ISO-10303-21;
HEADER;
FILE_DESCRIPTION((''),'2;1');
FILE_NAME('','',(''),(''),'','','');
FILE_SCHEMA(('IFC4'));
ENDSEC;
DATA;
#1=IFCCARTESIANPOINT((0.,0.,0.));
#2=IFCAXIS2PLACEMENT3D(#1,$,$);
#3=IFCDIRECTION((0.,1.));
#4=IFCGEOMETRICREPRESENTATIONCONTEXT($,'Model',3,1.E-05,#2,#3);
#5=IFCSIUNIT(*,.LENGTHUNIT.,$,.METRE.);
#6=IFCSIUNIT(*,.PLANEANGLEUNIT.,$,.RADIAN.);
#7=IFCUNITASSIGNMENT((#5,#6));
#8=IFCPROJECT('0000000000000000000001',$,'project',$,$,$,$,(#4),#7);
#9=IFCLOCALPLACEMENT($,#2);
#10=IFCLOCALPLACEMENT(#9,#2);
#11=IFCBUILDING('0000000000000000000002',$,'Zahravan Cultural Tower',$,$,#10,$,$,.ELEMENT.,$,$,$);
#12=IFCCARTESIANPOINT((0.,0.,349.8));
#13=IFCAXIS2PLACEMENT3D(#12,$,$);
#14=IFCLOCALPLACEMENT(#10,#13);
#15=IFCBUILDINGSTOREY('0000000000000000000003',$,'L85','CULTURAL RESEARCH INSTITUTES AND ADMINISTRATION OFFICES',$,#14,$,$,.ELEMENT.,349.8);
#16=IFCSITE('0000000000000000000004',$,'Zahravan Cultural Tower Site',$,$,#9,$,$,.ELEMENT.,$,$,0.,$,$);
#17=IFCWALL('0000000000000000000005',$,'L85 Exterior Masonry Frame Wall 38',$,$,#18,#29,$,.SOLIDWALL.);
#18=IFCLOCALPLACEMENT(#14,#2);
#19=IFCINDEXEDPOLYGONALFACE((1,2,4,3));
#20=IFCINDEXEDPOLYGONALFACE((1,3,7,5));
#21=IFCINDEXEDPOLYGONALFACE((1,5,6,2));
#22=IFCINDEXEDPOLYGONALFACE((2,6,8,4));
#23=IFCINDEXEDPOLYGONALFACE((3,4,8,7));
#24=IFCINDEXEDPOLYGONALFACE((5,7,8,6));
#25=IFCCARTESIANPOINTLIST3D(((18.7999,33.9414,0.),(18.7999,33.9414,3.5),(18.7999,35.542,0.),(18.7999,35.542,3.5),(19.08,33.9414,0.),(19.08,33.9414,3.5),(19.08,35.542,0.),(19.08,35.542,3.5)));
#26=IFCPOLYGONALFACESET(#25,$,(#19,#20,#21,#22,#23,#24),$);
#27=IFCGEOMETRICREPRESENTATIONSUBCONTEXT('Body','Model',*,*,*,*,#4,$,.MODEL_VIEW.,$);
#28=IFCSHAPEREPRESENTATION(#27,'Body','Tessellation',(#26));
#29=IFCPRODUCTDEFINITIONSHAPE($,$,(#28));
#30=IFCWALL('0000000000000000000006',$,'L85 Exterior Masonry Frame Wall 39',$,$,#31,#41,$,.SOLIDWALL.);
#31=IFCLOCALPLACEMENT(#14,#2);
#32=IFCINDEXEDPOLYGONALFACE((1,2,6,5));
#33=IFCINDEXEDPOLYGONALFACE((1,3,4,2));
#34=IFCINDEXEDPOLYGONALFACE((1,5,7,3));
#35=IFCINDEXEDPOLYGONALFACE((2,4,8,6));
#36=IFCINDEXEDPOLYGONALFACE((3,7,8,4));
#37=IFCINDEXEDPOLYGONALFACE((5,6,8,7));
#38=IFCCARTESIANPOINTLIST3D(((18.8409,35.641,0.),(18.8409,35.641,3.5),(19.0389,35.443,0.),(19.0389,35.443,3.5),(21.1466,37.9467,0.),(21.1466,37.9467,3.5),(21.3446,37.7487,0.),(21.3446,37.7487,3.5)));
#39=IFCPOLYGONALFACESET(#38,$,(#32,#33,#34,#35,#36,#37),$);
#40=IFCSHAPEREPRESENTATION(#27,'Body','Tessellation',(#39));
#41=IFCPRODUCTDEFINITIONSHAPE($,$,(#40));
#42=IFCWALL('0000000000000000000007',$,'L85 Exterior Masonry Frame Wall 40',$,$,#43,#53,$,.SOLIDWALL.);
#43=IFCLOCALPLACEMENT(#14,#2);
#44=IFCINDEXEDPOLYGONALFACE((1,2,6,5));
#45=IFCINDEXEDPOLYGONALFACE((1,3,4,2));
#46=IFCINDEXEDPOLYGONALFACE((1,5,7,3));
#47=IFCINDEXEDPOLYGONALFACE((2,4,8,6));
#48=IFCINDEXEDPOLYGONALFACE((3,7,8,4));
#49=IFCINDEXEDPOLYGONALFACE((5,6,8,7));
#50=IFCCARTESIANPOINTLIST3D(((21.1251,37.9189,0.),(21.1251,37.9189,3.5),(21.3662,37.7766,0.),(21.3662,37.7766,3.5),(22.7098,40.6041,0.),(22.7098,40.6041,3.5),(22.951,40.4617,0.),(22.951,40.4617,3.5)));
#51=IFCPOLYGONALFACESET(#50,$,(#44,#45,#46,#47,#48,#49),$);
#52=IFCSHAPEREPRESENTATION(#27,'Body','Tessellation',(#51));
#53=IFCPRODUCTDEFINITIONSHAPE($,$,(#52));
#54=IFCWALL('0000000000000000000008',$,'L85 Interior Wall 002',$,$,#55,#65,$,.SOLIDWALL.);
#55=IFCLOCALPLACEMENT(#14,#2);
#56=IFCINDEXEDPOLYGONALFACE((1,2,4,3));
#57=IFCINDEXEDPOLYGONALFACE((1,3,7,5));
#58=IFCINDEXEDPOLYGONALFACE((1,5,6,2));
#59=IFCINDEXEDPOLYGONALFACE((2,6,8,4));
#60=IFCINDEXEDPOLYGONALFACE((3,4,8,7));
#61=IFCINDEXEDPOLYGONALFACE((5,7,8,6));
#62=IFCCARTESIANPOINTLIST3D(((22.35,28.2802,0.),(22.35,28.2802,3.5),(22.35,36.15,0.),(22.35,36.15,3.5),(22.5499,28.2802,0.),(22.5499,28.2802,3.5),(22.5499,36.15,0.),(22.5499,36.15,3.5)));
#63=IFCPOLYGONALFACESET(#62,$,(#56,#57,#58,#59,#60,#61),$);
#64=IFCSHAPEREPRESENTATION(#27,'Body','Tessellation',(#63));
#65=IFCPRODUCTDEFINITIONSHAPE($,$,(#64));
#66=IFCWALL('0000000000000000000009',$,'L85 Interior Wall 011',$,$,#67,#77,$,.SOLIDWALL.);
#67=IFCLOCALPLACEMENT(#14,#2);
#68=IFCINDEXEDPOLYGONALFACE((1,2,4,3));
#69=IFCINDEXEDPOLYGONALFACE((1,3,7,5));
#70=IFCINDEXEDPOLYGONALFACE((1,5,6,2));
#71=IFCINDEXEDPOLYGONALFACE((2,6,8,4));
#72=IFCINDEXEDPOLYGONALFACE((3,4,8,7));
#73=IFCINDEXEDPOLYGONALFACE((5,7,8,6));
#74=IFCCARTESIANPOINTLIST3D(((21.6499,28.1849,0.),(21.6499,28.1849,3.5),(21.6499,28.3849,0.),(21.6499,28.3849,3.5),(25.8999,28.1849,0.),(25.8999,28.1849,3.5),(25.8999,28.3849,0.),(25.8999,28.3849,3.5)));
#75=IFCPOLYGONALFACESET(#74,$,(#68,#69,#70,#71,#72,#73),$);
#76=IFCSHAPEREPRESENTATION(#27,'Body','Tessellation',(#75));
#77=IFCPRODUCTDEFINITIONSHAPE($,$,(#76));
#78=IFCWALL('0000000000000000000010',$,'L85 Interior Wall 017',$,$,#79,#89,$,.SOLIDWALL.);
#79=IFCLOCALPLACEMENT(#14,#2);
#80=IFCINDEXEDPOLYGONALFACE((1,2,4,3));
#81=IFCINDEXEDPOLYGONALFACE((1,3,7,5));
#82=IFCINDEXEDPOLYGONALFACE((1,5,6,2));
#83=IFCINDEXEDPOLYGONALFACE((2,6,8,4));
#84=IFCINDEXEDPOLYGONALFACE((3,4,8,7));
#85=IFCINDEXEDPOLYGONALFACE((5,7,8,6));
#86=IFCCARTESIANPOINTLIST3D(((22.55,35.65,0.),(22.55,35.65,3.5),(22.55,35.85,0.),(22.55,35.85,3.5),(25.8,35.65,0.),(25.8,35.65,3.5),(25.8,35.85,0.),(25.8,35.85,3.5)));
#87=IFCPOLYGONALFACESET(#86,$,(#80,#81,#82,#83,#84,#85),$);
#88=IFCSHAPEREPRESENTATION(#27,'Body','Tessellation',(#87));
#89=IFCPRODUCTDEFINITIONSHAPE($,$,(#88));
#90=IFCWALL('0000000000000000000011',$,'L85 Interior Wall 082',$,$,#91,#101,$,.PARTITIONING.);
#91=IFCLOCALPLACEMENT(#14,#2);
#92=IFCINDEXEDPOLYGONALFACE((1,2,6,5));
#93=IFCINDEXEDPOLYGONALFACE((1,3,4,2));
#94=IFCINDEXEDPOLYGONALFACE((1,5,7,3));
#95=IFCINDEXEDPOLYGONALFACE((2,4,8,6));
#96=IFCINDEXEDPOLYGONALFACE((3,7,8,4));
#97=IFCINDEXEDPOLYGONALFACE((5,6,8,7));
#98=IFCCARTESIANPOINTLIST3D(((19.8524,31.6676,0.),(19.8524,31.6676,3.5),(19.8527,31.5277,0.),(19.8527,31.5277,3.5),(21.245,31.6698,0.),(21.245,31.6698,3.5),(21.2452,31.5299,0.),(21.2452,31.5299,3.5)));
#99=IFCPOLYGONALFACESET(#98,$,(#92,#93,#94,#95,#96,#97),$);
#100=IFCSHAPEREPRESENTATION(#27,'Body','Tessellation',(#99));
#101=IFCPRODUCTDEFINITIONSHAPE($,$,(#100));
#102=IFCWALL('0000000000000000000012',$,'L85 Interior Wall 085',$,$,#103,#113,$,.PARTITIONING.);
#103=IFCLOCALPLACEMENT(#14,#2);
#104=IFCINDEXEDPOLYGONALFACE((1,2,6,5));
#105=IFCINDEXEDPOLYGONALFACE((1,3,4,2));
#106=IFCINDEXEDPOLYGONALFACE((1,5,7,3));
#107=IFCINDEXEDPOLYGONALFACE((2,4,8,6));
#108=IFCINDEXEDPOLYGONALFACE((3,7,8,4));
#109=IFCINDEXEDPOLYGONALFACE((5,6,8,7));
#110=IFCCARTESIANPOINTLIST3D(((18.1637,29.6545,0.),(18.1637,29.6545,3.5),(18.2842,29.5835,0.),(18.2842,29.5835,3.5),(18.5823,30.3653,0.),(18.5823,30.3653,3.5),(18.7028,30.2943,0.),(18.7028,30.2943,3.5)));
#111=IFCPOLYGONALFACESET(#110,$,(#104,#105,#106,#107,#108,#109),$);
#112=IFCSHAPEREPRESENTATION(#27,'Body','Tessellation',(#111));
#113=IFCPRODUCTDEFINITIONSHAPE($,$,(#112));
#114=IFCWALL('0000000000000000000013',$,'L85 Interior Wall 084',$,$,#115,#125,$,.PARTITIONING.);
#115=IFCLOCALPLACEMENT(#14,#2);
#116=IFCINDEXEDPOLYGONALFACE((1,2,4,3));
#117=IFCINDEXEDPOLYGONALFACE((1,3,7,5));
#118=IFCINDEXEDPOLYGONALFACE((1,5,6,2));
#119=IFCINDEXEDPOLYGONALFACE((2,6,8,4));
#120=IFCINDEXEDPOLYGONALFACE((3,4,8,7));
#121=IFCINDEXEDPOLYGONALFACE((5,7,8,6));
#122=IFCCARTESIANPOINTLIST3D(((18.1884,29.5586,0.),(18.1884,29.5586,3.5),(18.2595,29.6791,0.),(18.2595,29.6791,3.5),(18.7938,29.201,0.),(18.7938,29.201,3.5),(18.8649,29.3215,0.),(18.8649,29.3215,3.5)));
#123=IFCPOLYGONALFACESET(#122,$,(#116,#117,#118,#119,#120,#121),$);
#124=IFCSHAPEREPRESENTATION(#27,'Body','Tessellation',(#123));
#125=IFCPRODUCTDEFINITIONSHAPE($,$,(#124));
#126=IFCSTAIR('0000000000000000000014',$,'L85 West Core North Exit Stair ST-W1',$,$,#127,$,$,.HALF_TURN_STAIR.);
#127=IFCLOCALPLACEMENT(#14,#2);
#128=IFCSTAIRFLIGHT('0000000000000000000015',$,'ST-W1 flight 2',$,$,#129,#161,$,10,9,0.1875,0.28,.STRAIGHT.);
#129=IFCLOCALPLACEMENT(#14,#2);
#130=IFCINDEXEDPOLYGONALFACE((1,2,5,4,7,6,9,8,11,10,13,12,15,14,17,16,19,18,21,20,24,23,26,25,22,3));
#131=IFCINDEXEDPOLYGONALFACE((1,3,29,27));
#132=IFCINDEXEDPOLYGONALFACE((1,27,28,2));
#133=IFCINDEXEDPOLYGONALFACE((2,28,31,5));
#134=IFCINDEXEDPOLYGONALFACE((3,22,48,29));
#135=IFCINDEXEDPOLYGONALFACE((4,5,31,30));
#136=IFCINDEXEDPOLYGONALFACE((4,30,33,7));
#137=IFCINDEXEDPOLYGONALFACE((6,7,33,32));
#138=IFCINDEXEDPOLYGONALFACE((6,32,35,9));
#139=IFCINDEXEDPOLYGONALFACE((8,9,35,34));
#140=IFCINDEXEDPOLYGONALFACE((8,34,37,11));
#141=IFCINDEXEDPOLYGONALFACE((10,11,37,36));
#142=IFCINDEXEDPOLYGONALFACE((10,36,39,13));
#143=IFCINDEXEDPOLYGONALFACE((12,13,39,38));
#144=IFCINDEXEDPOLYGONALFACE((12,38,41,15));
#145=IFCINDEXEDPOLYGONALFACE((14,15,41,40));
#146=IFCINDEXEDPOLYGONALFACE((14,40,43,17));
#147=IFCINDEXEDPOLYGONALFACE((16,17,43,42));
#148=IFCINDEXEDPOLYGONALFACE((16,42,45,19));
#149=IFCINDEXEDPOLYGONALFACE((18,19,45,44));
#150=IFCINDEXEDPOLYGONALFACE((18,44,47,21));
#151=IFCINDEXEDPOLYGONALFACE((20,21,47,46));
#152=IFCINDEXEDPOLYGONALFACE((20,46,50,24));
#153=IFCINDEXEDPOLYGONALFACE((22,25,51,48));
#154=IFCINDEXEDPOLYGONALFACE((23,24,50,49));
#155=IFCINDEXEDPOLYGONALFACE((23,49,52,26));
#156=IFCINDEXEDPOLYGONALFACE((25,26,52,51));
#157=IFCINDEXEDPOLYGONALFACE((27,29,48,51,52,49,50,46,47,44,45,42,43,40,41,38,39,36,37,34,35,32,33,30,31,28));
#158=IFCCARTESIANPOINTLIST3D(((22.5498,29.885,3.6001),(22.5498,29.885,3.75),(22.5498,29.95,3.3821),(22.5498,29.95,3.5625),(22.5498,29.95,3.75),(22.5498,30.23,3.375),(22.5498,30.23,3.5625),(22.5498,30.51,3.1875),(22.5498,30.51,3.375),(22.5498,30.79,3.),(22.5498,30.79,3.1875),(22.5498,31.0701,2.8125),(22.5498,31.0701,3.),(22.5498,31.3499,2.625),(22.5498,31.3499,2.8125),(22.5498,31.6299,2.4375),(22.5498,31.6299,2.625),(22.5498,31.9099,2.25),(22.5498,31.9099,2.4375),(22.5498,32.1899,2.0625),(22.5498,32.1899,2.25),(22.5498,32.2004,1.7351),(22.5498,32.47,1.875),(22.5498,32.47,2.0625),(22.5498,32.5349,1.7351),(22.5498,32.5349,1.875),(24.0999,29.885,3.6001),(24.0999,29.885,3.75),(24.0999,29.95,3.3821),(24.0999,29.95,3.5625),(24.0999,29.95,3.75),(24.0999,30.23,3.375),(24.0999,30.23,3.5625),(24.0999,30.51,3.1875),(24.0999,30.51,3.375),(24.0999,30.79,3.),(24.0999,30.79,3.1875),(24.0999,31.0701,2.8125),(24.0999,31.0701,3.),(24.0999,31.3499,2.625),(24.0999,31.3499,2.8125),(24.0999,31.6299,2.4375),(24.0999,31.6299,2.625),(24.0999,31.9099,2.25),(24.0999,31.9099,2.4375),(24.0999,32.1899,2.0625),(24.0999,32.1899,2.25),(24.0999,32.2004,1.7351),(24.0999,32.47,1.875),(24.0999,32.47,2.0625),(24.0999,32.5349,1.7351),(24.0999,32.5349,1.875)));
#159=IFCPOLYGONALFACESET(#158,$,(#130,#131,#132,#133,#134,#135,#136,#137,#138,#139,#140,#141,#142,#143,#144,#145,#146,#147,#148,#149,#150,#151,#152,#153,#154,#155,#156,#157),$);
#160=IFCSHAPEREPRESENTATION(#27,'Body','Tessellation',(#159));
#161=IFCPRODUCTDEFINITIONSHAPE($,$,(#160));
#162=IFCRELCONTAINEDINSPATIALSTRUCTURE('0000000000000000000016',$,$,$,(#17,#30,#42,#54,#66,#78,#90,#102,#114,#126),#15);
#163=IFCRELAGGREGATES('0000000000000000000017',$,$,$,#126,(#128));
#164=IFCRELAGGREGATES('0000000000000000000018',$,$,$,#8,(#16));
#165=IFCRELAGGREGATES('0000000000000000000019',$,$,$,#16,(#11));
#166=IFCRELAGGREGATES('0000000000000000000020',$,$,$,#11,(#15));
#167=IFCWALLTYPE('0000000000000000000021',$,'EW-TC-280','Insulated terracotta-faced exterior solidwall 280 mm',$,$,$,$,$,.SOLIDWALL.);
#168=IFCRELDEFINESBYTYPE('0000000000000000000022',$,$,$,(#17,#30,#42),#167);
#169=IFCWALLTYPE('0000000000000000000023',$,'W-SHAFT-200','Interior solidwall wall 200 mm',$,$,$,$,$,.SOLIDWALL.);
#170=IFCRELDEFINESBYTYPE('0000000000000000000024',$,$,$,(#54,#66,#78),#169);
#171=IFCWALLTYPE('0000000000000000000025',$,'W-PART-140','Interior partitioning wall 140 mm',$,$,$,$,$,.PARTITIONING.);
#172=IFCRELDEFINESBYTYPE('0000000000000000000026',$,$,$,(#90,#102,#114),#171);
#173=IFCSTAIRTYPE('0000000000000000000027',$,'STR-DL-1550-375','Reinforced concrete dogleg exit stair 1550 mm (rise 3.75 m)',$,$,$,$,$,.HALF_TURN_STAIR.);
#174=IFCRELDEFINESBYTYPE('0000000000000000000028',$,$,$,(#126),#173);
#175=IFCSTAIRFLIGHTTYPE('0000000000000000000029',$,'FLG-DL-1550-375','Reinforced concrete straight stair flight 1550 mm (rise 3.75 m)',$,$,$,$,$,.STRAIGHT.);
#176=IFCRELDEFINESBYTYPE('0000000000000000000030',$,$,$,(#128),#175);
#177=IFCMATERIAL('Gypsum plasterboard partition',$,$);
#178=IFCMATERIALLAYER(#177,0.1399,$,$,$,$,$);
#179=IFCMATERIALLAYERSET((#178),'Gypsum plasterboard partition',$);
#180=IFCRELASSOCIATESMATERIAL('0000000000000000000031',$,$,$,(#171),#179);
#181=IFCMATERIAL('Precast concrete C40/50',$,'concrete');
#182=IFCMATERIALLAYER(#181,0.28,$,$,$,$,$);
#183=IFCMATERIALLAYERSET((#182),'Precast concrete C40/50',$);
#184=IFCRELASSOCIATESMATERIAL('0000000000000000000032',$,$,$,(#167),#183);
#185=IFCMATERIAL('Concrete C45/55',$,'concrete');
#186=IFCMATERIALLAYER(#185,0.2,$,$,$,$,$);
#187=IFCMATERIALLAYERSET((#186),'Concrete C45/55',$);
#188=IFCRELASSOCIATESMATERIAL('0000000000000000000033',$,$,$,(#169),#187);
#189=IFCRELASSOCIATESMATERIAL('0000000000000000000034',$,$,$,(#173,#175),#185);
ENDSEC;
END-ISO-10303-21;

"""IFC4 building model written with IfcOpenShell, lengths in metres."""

from ifc_helpers import new_model, si_unit, direction, frame, frame_2d, origin, place, context, subcontext, project, spatial, polyline, rectangle, outline, extrude, source, transform, mapped, material, layer, layer_set, type_object, element, aggregate, save


model = new_model("IFC4")

# Units and contexts
model_context = context("Model", 3, precision=1e-05, world=origin(), true_north=direction((0.0, 1.0)))
body_context = subcontext(model_context, "Body", "Model", "MODEL_VIEW")
ifc_project = project(units=[si_unit("LENGTHUNIT", "METRE"), si_unit("PLANEANGLEUNIT", "RADIAN")], contexts=[model_context])

# Site, building, storey
site_placement = place(None, origin())
site = spatial("IfcSite", under=ifc_project, at=site_placement, Name="Zahravan Cultural Tower Site", CompositionType="ELEMENT", RefElevation=0.0)
building_placement = place(site_placement, origin())
building = spatial("IfcBuilding", under=site, at=building_placement, Name="Zahravan Cultural Tower", CompositionType="ELEMENT")
storey_placement = place(building_placement, frame((0.0, 0.0, 349.8)))
storey = spatial("IfcBuildingStorey", under=building, at=storey_placement, Name="L85", Description="CULTURAL RESEARCH INSTITUTES AND ADMINISTRATION OFFICES", CompositionType="ELEMENT", Elevation=349.8)

# Shared definitions
ifc_material_1 = material(Name="Gypsum plasterboard partition")
ifc_layer_1 = layer(ifc_material_1, 0.1399)
ifc_layer_set_1 = layer_set([ifc_layer_1], Name="Gypsum plasterboard partition")
wall_type_1 = type_object("IfcWallType", Name="W-PART-140", Description="Interior partitioning wall 140 mm", PredefinedType="PARTITIONING", material=ifc_layer_set_1)

# Walls
ifc_material_2 = material(Name="Precast concrete C40/50", Category="concrete")
ifc_layer_2 = layer(ifc_material_2, 0.28)
ifc_layer_set_2 = layer_set([ifc_layer_2], Name="Precast concrete C40/50")
wall_type_2 = type_object("IfcWallType", Name="EW-TC-280", Description="Insulated terracotta-faced exterior solidwall 280 mm", PredefinedType="SOLIDWALL", material=ifc_layer_set_2)
shared_shape_1 = source(origin(), body_context, "Body", "SweptSolid", [
    extrude(rectangle(XDim=1.6006, YDim=0.28, at=frame_2d((0.8003, 0.0))), origin(), (0.0, 0.0, 1.0), 3.5),
])
wall_1_placement = place(storey_placement, frame((18.9399, 33.9414, 0.0), z_axis=(0.0, 0.0, 1.0), x_axis=(0.0, 1.0, 0.0)))
element("IfcWall", 1, at=wall_1_placement, inside=storey, type_object=wall_type_2, Name="L85 Exterior Masonry Frame Wall 38", PredefinedType="SOLIDWALL", context=body_context, shape_type="MappedRepresentation", body=[
    mapped(shared_shape_1, transform((0.0, 0.0, 0.0), x_axis=(1.0, 0.0, 0.0), y_axis=(0.0, 1.0, 0.0), z_axis=(0.0, 0.0, 1.0), scale=1.0)),
])
shared_shape_2 = source(origin(), body_context, "Body", "SweptSolid", [
    extrude(rectangle(XDim=3.2607, YDim=0.28, at=frame_2d((1.6304, 0.0))), origin(), (0.0, 0.0, 1.0), 3.5),
])
wall_2_placement = place(storey_placement, frame((18.9399, 35.542, 0.0), z_axis=(0.0, 0.0, 1.0), x_axis=(0.707107, 0.707107, 0.0)))
element("IfcWall", 2, at=wall_2_placement, inside=storey, type_object=wall_type_2, Name="L85 Exterior Masonry Frame Wall 39", PredefinedType="SOLIDWALL", context=body_context, shape_type="MappedRepresentation", body=[
    mapped(shared_shape_2, transform((0.0, 0.0, 0.0), x_axis=(1.0, 0.0, 0.0), y_axis=(0.0, 1.0, 0.0), z_axis=(0.0, 0.0, 1.0), scale=1.0)),
])
shared_shape_3 = source(origin(), body_context, "Body", "SweptSolid", [
    extrude(rectangle(XDim=3.1179, YDim=0.28, at=frame_2d((1.5591, 0.0))), origin(), (0.0, 0.0, 1.0), 3.5),
])
wall_3_placement = place(storey_placement, frame((21.2456, 37.8477, 0.0), z_axis=(0.0, 0.0, 1.0), x_axis=(0.508275, 0.861195, 0.0)))
element("IfcWall", 3, at=wall_3_placement, inside=storey, type_object=wall_type_2, Name="L85 Exterior Masonry Frame Wall 40", PredefinedType="SOLIDWALL", context=body_context, shape_type="MappedRepresentation", body=[
    mapped(shared_shape_3, transform((0.0, 0.0, 0.0), x_axis=(1.0, 0.0, 0.0), y_axis=(0.0, 1.0, 0.0), z_axis=(0.0, 0.0, 1.0), scale=1.0)),
])
ifc_material_3 = material(Name="Concrete C45/55", Category="concrete")
ifc_layer_3 = layer(ifc_material_3, 0.2)
ifc_layer_set_3 = layer_set([ifc_layer_3], Name="Concrete C45/55")
wall_type_3 = type_object("IfcWallType", Name="W-SHAFT-200", Description="Interior solidwall wall 200 mm", PredefinedType="SOLIDWALL", material=ifc_layer_set_3)
shared_shape_4 = source(origin(), body_context, "Body", "SweptSolid", [
    extrude(rectangle(XDim=7.8699, YDim=0.2, at=frame_2d((3.9351, 0.0))), origin(), (0.0, 0.0, 1.0), 3.5),
])
wall_4_placement = place(storey_placement, frame((22.45, 28.28, 0.0), z_axis=(0.0, 0.0, 1.0), x_axis=(0.0, 1.0, 0.0)))
element("IfcWall", 4, at=wall_4_placement, inside=storey, type_object=wall_type_3, Name="L85 Interior Wall 002", PredefinedType="SOLIDWALL", context=body_context, shape_type="MappedRepresentation", body=[
    mapped(shared_shape_4, transform((0.0, 0.0, 0.0), x_axis=(1.0, 0.0, 0.0), y_axis=(0.0, 1.0, 0.0), z_axis=(0.0, 0.0, 1.0), scale=1.0)),
])
shared_shape_5 = source(origin(), body_context, "Body", "SweptSolid", [
    extrude(rectangle(XDim=4.25, YDim=0.2, at=frame_2d((2.125, 0.0))), origin(), (0.0, 0.0, 1.0), 3.5),
])
wall_5_placement = place(storey_placement, frame((21.6499, 28.2849, 0.0), z_axis=(0.0, 0.0, 1.0), x_axis=(1.0, 0.0, 0.0)))
element("IfcWall", 5, at=wall_5_placement, inside=storey, type_object=wall_type_3, Name="L85 Interior Wall 011", PredefinedType="SOLIDWALL", context=body_context, shape_type="MappedRepresentation", body=[
    mapped(shared_shape_5, transform((0.0, 0.0, 0.0), x_axis=(1.0, 0.0, 0.0), y_axis=(0.0, 1.0, 0.0), z_axis=(0.0, 0.0, 1.0), scale=1.0)),
])
shared_shape_6 = source(origin(), body_context, "Body", "SweptSolid", [
    extrude(rectangle(XDim=3.25, YDim=0.2, at=frame_2d((1.625, 0.0))), origin(), (0.0, 0.0, 1.0), 3.5),
])
wall_6_placement = place(storey_placement, frame((22.55, 35.75, 0.0), z_axis=(0.0, 0.0, 1.0), x_axis=(1.0, 0.0, 0.0)))
element("IfcWall", 6, at=wall_6_placement, inside=storey, type_object=wall_type_3, Name="L85 Interior Wall 017", PredefinedType="SOLIDWALL", context=body_context, shape_type="MappedRepresentation", body=[
    mapped(shared_shape_6, transform((0.0, 0.0, 0.0), x_axis=(1.0, 0.0, 0.0), y_axis=(0.0, 1.0, 0.0), z_axis=(0.0, 0.0, 1.0), scale=1.0)),
])
shared_shape_7 = source(origin(), body_context, "Body", "SweptSolid", [
    extrude(rectangle(XDim=1.3926, YDim=0.1399, at=frame_2d((0.6963, 0.0))), origin(), (0.0, 0.0, 1.0), 3.5),
])
wall_7_placement = place(storey_placement, frame((21.2451, 31.5999, 0.0), z_axis=(0.0, 0.0, 1.0), x_axis=(-0.999999, -0.001578, 0.0)))
element("IfcWall", 7, at=wall_7_placement, inside=storey, type_object=wall_type_1, Name="L85 Interior Wall 082", PredefinedType="PARTITIONING", context=body_context, shape_type="MappedRepresentation", body=[
    mapped(shared_shape_7, transform((0.0, 0.0, 0.0), x_axis=(1.0, 0.0, 0.0), y_axis=(0.0, 1.0, 0.0), z_axis=(0.0, 0.0, 1.0), scale=1.0)),
])
shared_shape_8 = source(origin(), body_context, "Body", "SweptSolid", [
    extrude(rectangle(XDim=0.825, YDim=0.1399, at=frame_2d((0.4126, 0.0))), origin(), (0.0, 0.0, 1.0), 3.5),
])
wall_8_placement = place(storey_placement, frame((18.2239, 29.6189, 0.0), z_axis=(0.0, 0.0, 1.0), x_axis=(0.507473, 0.861668, 0.0)))
element("IfcWall", 8, at=wall_8_placement, inside=storey, type_object=wall_type_1, Name="L85 Interior Wall 085", PredefinedType="PARTITIONING", context=body_context, shape_type="MappedRepresentation", body=[
    mapped(shared_shape_8, transform((0.0, 0.0, 0.0), x_axis=(1.0, 0.0, 0.0), y_axis=(0.0, 1.0, 0.0), z_axis=(0.0, 0.0, 1.0), scale=1.0)),
])
shared_shape_9 = source(origin(), body_context, "Body", "SweptSolid", [
    extrude(rectangle(XDim=0.7031, YDim=0.1399, at=frame_2d((0.3516, 0.0))), origin(), (0.0, 0.0, 1.0), 3.5),
])
wall_9_placement = place(storey_placement, frame((18.8293, 29.2612, 0.0), z_axis=(0.0, 0.0, 1.0), x_axis=(-0.860996, 0.508612, 0.0)))
element("IfcWall", 9, at=wall_9_placement, inside=storey, type_object=wall_type_1, Name="L85 Interior Wall 084", PredefinedType="PARTITIONING", context=body_context, shape_type="MappedRepresentation", body=[
    mapped(shared_shape_9, transform((0.0, 0.0, 0.0), x_axis=(1.0, 0.0, 0.0), y_axis=(0.0, 1.0, 0.0), z_axis=(0.0, 0.0, 1.0), scale=1.0)),
])

# Stair, stair flight
stair_type = type_object("IfcStairType", Name="STR-DL-1550-375", Description="Reinforced concrete dogleg exit stair 1550 mm (rise 3.75 m)", PredefinedType="HALF_TURN_STAIR", material=ifc_material_3)
stair_placement = place(storey_placement, origin())
stair = element("IfcStair", 10, at=stair_placement, inside=storey, type_object=stair_type, Name="L85 West Core North Exit Stair ST-W1", PredefinedType="HALF_TURN_STAIR")
stair_flight_type = type_object("IfcStairFlightType", Name="FLG-DL-1550-375", Description="Reinforced concrete straight stair flight 1550 mm (rise 3.75 m)", PredefinedType="STRAIGHT", material=ifc_material_3)
stair_flight_placement = place(storey_placement, frame((23.325, 32.47, 1.875), z_axis=(0.0, 0.0, 1.0), x_axis=(0.0, -1.0, 0.0)))
stair_flight = element("IfcStairFlight", 11, at=stair_flight_placement, type_object=stair_flight_type, Name="ST-W1 flight 2", NumberOfRisers=10, NumberOfTreads=9, PredefinedType="STRAIGHT", RiserHeight=0.1875, TreadLength=0.28, context=body_context, shape_type="SweptSolid", body=[
    extrude(outline(polyline([(-0.0649, -0.1399), (-0.0649, 0.0), (0.0, 0.0), (0.0, 0.1875), (0.28, 0.1875), (0.28, 0.375), (0.5601, 0.375), (0.5601, 0.5625), (0.8401, 0.5625), (0.8401, 0.75), (1.1201, 0.75), (1.1201, 0.9375), (1.3999, 0.9375), (1.3999, 1.125), (1.6799, 1.125), (1.6799, 1.3125), (1.96, 1.3125), (1.96, 1.5), (2.24, 1.5), (2.24, 1.6875), (2.52, 1.6875), (2.52, 1.875), (2.585, 1.875), (2.585, 1.7251), (2.52, 1.5071), (0.2695, -0.1399), (-0.0649, -0.1399)])), frame((0.0, 0.7749, 0.0), z_axis=(0.0, -1.0, 0.0), x_axis=(1.0, 0.0, 0.0)), (0.0, 0.0, 1.0), 1.55),
])
aggregate(stair, [stair_flight])

save(model, "model.ifc")
